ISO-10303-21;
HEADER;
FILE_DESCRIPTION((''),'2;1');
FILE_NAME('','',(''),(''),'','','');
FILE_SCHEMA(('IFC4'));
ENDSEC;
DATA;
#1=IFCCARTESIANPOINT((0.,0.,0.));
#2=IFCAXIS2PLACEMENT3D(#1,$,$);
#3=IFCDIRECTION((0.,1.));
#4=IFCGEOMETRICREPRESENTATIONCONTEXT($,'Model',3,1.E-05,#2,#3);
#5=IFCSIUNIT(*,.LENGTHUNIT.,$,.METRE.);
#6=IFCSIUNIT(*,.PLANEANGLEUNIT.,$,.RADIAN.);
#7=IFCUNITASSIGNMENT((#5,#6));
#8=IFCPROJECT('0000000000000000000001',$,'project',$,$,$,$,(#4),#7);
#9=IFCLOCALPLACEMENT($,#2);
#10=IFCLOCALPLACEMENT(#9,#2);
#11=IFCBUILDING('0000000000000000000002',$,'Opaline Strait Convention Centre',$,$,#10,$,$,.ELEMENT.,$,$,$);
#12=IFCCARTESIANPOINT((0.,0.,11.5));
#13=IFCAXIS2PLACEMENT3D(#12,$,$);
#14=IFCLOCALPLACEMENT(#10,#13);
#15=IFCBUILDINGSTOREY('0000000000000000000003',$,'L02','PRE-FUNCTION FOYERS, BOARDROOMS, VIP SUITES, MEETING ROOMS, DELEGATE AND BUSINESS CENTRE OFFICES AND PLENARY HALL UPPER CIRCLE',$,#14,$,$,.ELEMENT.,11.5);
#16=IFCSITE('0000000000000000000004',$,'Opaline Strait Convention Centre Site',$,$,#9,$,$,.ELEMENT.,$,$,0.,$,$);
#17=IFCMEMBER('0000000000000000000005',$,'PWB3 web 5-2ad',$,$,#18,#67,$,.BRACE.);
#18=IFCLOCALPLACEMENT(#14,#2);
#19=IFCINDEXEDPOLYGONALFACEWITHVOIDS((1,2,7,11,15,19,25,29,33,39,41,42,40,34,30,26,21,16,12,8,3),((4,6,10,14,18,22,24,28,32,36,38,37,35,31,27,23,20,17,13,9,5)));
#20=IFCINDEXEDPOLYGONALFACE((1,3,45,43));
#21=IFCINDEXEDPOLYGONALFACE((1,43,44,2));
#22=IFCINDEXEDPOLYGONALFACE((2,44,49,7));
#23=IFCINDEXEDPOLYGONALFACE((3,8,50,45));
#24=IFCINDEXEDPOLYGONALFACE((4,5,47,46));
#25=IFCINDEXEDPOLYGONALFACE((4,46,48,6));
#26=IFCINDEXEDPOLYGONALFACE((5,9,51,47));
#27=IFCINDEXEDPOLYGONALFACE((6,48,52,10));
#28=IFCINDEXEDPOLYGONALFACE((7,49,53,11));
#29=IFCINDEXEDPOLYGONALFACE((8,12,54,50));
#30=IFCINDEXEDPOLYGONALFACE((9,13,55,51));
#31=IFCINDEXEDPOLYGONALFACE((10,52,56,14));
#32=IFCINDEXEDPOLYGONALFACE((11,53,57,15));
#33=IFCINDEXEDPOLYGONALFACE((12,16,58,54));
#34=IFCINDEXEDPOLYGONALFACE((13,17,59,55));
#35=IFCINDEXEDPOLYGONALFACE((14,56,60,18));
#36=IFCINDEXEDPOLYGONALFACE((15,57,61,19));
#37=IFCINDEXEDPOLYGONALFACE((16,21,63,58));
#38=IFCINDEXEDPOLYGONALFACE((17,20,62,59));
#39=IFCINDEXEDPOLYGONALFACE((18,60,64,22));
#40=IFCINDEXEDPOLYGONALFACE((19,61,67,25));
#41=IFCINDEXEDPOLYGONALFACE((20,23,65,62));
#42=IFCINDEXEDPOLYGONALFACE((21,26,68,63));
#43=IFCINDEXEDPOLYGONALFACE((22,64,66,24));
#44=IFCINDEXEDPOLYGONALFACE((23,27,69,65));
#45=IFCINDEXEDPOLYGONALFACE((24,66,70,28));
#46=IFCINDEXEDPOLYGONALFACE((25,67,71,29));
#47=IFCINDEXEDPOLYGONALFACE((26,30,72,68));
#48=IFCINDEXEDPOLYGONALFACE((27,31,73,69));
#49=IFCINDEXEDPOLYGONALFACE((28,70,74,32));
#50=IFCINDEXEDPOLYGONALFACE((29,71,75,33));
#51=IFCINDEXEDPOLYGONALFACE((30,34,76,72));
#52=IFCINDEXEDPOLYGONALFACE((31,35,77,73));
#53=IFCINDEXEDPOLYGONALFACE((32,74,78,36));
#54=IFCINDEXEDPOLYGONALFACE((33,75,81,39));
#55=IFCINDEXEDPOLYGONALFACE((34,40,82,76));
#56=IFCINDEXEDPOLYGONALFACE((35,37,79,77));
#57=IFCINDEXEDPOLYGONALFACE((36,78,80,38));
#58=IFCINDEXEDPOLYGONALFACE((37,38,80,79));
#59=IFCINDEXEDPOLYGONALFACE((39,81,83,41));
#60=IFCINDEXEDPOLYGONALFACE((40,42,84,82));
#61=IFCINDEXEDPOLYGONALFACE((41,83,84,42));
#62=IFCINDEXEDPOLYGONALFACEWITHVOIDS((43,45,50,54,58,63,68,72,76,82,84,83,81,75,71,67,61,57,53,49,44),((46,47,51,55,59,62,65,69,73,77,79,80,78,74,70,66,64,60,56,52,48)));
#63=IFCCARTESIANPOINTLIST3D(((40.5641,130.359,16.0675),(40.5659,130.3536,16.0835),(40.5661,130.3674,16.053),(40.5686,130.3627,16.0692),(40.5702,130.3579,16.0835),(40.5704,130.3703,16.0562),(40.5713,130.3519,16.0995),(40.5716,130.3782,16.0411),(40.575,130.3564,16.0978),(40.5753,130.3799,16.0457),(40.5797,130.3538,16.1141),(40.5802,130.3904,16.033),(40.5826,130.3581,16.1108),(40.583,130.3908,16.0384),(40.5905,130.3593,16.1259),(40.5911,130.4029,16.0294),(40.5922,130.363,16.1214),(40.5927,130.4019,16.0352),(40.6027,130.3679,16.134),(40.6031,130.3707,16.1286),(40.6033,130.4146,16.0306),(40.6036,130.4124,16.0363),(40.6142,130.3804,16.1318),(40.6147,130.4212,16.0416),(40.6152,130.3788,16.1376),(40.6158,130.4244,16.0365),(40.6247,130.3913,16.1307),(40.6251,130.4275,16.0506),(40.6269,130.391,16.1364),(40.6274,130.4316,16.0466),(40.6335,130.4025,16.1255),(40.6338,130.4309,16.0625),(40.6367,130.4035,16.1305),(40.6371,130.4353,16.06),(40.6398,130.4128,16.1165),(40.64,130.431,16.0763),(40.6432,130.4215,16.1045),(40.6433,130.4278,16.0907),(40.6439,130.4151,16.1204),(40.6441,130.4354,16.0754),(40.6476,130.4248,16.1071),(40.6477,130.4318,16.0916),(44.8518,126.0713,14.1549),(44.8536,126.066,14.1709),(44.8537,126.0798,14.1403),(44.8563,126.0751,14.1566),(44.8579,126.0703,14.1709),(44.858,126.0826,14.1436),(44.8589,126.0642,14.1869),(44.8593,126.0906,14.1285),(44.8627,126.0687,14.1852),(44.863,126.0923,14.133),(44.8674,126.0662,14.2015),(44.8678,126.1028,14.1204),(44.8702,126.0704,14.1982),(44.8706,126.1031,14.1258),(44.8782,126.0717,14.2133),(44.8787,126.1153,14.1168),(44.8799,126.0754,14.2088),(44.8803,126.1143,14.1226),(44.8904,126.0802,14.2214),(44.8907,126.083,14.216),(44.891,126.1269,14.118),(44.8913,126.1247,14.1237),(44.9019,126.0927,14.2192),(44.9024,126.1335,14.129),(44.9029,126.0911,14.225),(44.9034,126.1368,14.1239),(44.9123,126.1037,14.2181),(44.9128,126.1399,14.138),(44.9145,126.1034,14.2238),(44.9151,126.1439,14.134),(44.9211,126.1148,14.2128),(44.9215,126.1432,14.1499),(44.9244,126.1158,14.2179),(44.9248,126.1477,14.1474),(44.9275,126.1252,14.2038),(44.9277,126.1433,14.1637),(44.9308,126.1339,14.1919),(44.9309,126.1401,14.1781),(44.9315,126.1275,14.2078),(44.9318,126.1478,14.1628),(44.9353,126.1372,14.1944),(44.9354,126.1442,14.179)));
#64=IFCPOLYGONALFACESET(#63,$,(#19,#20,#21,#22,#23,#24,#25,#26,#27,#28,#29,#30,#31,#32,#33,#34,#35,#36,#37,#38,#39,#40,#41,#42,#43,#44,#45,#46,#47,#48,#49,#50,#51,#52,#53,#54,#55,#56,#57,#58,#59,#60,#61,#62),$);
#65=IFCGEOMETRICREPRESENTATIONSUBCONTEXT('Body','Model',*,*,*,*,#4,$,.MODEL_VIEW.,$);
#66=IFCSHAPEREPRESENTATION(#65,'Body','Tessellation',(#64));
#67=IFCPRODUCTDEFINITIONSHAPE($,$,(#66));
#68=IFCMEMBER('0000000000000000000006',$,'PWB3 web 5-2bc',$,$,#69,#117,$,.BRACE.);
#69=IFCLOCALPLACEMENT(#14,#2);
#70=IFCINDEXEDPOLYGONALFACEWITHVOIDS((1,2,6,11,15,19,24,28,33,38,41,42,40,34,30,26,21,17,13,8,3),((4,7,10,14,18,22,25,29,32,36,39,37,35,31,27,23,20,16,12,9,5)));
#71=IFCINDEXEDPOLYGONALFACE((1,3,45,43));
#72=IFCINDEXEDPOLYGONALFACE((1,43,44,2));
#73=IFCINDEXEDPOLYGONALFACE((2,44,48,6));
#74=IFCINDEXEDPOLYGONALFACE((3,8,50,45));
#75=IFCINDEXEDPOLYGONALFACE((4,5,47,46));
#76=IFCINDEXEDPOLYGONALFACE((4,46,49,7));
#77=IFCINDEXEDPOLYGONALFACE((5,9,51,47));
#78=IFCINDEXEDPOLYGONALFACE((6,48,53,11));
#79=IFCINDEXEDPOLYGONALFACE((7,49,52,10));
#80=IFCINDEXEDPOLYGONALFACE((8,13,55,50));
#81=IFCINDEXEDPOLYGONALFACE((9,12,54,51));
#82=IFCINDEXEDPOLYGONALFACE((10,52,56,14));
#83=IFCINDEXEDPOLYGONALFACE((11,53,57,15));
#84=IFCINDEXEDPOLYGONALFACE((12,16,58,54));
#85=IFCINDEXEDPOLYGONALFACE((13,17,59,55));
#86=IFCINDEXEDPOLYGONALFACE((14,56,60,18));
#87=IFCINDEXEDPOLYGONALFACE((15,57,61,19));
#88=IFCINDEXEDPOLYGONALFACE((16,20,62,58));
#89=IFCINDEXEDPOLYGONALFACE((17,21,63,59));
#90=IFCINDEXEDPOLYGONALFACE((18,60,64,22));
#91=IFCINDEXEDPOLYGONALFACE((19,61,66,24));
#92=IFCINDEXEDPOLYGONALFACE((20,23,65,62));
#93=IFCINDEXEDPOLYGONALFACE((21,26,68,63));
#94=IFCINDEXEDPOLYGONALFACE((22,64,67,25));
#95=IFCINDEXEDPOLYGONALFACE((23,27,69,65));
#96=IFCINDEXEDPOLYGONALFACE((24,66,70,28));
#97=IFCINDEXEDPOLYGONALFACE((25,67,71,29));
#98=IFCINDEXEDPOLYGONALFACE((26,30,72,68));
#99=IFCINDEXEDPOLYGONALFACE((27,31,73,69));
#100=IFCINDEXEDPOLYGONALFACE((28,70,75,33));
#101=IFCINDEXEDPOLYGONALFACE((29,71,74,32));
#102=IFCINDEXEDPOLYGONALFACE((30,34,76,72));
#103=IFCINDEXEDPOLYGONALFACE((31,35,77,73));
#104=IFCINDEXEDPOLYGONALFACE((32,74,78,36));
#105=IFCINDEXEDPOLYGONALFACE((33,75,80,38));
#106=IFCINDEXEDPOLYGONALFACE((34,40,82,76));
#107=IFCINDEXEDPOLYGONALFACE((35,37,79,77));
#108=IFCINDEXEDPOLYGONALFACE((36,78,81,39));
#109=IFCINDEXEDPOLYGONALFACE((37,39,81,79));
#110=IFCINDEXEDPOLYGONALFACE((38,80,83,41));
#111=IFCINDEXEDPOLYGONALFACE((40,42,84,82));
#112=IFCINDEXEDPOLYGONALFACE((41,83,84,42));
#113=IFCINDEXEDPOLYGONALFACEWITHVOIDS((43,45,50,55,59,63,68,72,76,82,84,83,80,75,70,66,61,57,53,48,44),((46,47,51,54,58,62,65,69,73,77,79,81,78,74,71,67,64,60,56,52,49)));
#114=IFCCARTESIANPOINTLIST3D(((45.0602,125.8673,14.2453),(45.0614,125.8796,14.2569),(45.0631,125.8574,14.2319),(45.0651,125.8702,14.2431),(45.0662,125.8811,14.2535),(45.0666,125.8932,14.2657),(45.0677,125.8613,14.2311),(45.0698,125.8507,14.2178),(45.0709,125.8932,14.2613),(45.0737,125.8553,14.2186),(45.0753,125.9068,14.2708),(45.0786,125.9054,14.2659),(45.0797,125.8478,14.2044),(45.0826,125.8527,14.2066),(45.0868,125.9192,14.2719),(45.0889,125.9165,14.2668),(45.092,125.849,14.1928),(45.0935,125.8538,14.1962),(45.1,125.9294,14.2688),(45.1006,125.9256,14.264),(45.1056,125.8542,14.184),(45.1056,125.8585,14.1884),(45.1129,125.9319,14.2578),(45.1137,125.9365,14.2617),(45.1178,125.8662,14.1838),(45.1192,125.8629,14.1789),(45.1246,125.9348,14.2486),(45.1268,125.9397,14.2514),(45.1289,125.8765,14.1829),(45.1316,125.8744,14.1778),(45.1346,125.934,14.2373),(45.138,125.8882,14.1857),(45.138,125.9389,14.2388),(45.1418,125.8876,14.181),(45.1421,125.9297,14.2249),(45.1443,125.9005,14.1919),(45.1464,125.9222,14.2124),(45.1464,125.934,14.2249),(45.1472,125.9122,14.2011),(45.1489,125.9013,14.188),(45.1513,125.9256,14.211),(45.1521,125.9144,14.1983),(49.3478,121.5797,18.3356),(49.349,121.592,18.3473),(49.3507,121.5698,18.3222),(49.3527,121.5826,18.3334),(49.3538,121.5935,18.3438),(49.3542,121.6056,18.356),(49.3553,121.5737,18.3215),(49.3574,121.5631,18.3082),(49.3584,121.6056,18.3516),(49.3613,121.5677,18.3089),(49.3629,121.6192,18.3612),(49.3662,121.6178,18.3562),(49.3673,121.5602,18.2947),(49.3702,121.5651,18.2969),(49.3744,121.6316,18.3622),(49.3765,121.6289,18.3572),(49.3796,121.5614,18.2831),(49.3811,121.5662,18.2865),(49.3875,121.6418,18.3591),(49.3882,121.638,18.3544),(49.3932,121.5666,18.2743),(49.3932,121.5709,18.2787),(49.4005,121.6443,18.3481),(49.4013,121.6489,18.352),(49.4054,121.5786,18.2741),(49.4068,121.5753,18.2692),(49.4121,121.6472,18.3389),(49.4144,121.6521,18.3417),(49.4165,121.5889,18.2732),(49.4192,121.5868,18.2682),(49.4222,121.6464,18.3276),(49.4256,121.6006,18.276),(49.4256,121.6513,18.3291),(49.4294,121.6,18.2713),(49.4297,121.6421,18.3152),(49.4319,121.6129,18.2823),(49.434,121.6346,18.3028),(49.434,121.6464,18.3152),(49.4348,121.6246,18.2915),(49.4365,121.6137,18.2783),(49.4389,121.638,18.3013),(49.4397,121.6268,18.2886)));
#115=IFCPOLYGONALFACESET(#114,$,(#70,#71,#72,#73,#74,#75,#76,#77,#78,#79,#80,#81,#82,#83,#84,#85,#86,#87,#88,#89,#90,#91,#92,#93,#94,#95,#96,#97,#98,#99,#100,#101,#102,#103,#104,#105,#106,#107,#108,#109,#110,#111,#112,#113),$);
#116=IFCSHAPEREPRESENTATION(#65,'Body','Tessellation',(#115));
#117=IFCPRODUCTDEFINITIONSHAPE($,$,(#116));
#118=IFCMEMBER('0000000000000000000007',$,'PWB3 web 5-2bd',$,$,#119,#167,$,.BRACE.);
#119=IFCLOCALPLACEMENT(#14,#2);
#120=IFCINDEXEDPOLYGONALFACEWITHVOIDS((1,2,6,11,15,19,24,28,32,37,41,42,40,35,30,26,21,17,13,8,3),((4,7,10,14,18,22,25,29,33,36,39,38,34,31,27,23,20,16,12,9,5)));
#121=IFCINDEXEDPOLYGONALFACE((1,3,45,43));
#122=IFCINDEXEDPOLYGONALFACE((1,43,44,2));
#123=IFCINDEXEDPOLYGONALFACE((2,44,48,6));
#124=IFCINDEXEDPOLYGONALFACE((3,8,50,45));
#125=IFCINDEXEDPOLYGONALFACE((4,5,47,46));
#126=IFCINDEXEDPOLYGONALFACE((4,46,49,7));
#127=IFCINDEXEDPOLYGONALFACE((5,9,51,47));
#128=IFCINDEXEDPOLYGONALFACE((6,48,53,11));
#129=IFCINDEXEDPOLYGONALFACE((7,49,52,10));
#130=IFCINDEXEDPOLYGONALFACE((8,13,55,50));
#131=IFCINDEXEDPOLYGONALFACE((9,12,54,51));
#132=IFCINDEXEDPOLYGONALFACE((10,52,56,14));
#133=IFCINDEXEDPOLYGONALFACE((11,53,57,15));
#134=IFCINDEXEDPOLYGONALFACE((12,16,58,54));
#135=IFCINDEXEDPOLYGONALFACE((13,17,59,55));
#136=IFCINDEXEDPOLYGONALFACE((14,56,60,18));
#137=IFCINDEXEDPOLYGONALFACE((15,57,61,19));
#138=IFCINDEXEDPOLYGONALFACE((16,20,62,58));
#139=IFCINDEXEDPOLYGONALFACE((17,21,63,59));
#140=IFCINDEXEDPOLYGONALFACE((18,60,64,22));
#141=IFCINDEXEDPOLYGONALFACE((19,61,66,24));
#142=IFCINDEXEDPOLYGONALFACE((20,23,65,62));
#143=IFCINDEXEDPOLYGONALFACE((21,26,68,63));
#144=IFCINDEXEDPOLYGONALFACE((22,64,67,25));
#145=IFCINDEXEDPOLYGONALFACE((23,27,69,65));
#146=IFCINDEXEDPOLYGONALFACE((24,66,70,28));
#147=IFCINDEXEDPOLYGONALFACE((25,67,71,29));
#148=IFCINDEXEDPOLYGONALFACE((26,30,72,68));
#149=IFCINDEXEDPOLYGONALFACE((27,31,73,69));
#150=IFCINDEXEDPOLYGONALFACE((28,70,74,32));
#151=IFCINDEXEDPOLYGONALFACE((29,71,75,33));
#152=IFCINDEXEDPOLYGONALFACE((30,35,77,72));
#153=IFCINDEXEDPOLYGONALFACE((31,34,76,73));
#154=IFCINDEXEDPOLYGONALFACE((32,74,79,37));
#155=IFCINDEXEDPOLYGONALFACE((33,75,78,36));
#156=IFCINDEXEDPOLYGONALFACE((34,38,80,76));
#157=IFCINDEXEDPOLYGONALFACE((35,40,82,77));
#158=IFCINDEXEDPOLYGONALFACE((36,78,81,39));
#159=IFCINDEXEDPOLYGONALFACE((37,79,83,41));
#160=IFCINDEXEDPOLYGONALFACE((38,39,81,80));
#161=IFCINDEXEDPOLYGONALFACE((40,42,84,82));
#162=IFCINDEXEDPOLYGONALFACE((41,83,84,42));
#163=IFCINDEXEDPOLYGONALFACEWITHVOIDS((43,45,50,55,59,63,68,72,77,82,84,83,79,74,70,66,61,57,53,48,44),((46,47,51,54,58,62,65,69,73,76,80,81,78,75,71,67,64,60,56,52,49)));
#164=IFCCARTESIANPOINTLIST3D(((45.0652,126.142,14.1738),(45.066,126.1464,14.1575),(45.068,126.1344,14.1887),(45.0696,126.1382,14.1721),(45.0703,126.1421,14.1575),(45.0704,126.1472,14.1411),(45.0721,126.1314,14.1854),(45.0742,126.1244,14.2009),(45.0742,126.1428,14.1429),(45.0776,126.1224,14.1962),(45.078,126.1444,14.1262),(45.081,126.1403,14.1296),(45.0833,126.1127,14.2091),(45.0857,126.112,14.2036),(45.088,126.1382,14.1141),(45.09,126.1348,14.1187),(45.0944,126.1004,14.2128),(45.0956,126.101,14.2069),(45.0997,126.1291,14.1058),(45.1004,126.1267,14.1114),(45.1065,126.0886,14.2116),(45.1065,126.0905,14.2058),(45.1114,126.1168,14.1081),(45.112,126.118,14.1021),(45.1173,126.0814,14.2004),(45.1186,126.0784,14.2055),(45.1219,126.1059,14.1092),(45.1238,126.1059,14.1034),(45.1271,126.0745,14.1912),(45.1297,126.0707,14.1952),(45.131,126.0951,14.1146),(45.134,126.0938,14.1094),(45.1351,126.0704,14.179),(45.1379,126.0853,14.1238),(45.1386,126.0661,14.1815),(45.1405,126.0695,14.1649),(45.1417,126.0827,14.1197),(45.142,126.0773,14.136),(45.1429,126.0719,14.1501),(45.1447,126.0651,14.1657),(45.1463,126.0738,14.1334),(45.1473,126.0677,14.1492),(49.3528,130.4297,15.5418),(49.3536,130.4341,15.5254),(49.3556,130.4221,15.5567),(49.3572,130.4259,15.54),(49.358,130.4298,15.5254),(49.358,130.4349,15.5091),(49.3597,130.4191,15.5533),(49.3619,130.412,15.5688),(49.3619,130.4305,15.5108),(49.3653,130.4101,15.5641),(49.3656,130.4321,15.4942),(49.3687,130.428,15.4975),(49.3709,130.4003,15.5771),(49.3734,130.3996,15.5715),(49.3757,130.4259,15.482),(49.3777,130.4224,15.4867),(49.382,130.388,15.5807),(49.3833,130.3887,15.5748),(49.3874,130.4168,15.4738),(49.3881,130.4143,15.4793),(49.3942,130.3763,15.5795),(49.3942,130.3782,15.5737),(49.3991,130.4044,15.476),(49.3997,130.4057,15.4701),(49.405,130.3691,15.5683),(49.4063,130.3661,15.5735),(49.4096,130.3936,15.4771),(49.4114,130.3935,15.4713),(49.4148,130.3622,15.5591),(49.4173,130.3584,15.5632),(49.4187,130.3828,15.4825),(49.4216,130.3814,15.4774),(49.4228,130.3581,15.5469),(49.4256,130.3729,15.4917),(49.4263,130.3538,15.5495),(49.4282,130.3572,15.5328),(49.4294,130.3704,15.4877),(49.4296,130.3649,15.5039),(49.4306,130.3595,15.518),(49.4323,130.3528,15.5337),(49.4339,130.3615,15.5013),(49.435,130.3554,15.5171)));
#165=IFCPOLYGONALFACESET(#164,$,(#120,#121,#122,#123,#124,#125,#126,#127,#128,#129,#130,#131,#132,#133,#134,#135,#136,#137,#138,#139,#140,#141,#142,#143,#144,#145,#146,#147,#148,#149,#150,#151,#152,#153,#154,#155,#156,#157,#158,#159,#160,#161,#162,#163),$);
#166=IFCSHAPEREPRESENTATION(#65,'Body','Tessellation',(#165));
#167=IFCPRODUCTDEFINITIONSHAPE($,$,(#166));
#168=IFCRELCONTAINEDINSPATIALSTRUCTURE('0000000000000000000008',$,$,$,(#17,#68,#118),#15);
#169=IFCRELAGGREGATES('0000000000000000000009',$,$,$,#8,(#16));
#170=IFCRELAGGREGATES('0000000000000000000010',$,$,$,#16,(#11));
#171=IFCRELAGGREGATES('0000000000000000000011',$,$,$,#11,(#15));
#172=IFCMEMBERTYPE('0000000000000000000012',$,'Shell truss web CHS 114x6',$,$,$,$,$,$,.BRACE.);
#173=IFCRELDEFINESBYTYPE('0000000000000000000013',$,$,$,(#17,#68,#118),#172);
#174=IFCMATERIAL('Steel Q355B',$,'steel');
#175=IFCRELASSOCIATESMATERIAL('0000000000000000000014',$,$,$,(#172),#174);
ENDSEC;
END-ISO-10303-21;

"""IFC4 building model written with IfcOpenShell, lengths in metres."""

from ifc_helpers import new_model, si_unit, direction, frame, origin, origin_2d, place, context, subcontext, project, spatial, hollow_circle, extrude, material, material_profile, profile_set, type_object, element, save


model = new_model("IFC4")

# Units and contexts
model_context = context("Model", 3, precision=1e-05, world=origin(), true_north=direction((0.0, 1.0)))
body_context = subcontext(model_context, "Body", "Model", "MODEL_VIEW")
ifc_project = project(units=[si_unit("LENGTHUNIT", "METRE"), si_unit("PLANEANGLEUNIT", "RADIAN")], contexts=[model_context])

# Site, building, storey
site_placement = place(None, origin())
site = spatial("IfcSite", under=ifc_project, at=site_placement, Name="Opaline Strait Convention Centre Site", CompositionType="ELEMENT", RefElevation=0.0)
building_placement = place(site_placement, origin())
building = spatial("IfcBuilding", under=site, at=building_placement, Name="Opaline Strait Convention Centre", CompositionType="ELEMENT")
storey_placement = place(building_placement, frame((0.0, 0.0, 11.5)))
storey = spatial("IfcBuildingStorey", under=building, at=storey_placement, Name="L02", Description="PRE-FUNCTION FOYERS, BOARDROOMS, VIP SUITES, MEETING ROOMS, DELEGATE AND BUSINESS CENTRE OFFICES AND PLENARY HALL UPPER CIRCLE", CompositionType="ELEMENT", Elevation=11.5)

# Members
ifc_material_1 = material(Name="Steel Q355B", Category="steel")
ifc_material_profile_1 = material_profile(ifc_material_1, hollow_circle(Radius=0.0569, WallThickness=0.0061, at=origin_2d()), Name="CHS 114x6")
ifc_profile_set_1 = profile_set([ifc_material_profile_1], Name="Steel Q355B")
member_type_1 = type_object("IfcMemberType", Name="Shell truss web CHS 114x6", PredefinedType="BRACE", material=ifc_profile_set_1)
member_1_placement = place(storey_placement, frame((44.8938, 126.1062, 14.1709), z_axis=(-0.674356, 0.674356, 0.300814), x_axis=(-0.707107, -0.707107, 0.0)))
element("IfcMember", 1, at=member_1_placement, inside=storey, type_object=member_type_1, Name="PWB3 web 5-2ad", PredefinedType="BRACE", context=body_context, shape_type="SweptSolid", body=[
    extrude(hollow_circle(Radius=0.0569, WallThickness=0.0061, at=origin_2d()), origin(), (0.0, 0.0, 1.0), 6.3582),
])
member_2_placement = place(storey_placement, frame((45.1062, 125.8938, 14.2249), z_axis=(0.5862, -0.5862, 0.55923), x_axis=(0.707107, 0.707107, 0.0)))
element("IfcMember", 2, at=member_2_placement, inside=storey, type_object=member_type_1, Name="PWB3 web 5-2bc", PredefinedType="BRACE", context=body_context, shape_type="SweptSolid", body=[
    extrude(hollow_circle(Radius=0.0569, WallThickness=0.0061, at=origin_2d()), origin(), (0.0, 0.0, 1.0), 7.3142),
])
member_3_placement = place(storey_placement, frame((45.1062, 126.1062, 14.1575), z_axis=(0.689772, 0.689772, 0.220066), x_axis=(-0.707107, 0.707107, 0.0)))
element("IfcMember", 3, at=member_3_placement, inside=storey, type_object=member_type_1, Name="PWB3 web 5-2bd", PredefinedType="BRACE", context=body_context, shape_type="SweptSolid", body=[
    extrude(hollow_circle(Radius=0.0569, WallThickness=0.0061, at=origin_2d()), origin(), (0.0, 0.0, 1.0), 6.2161),
])

save(model, "model.ifc")
